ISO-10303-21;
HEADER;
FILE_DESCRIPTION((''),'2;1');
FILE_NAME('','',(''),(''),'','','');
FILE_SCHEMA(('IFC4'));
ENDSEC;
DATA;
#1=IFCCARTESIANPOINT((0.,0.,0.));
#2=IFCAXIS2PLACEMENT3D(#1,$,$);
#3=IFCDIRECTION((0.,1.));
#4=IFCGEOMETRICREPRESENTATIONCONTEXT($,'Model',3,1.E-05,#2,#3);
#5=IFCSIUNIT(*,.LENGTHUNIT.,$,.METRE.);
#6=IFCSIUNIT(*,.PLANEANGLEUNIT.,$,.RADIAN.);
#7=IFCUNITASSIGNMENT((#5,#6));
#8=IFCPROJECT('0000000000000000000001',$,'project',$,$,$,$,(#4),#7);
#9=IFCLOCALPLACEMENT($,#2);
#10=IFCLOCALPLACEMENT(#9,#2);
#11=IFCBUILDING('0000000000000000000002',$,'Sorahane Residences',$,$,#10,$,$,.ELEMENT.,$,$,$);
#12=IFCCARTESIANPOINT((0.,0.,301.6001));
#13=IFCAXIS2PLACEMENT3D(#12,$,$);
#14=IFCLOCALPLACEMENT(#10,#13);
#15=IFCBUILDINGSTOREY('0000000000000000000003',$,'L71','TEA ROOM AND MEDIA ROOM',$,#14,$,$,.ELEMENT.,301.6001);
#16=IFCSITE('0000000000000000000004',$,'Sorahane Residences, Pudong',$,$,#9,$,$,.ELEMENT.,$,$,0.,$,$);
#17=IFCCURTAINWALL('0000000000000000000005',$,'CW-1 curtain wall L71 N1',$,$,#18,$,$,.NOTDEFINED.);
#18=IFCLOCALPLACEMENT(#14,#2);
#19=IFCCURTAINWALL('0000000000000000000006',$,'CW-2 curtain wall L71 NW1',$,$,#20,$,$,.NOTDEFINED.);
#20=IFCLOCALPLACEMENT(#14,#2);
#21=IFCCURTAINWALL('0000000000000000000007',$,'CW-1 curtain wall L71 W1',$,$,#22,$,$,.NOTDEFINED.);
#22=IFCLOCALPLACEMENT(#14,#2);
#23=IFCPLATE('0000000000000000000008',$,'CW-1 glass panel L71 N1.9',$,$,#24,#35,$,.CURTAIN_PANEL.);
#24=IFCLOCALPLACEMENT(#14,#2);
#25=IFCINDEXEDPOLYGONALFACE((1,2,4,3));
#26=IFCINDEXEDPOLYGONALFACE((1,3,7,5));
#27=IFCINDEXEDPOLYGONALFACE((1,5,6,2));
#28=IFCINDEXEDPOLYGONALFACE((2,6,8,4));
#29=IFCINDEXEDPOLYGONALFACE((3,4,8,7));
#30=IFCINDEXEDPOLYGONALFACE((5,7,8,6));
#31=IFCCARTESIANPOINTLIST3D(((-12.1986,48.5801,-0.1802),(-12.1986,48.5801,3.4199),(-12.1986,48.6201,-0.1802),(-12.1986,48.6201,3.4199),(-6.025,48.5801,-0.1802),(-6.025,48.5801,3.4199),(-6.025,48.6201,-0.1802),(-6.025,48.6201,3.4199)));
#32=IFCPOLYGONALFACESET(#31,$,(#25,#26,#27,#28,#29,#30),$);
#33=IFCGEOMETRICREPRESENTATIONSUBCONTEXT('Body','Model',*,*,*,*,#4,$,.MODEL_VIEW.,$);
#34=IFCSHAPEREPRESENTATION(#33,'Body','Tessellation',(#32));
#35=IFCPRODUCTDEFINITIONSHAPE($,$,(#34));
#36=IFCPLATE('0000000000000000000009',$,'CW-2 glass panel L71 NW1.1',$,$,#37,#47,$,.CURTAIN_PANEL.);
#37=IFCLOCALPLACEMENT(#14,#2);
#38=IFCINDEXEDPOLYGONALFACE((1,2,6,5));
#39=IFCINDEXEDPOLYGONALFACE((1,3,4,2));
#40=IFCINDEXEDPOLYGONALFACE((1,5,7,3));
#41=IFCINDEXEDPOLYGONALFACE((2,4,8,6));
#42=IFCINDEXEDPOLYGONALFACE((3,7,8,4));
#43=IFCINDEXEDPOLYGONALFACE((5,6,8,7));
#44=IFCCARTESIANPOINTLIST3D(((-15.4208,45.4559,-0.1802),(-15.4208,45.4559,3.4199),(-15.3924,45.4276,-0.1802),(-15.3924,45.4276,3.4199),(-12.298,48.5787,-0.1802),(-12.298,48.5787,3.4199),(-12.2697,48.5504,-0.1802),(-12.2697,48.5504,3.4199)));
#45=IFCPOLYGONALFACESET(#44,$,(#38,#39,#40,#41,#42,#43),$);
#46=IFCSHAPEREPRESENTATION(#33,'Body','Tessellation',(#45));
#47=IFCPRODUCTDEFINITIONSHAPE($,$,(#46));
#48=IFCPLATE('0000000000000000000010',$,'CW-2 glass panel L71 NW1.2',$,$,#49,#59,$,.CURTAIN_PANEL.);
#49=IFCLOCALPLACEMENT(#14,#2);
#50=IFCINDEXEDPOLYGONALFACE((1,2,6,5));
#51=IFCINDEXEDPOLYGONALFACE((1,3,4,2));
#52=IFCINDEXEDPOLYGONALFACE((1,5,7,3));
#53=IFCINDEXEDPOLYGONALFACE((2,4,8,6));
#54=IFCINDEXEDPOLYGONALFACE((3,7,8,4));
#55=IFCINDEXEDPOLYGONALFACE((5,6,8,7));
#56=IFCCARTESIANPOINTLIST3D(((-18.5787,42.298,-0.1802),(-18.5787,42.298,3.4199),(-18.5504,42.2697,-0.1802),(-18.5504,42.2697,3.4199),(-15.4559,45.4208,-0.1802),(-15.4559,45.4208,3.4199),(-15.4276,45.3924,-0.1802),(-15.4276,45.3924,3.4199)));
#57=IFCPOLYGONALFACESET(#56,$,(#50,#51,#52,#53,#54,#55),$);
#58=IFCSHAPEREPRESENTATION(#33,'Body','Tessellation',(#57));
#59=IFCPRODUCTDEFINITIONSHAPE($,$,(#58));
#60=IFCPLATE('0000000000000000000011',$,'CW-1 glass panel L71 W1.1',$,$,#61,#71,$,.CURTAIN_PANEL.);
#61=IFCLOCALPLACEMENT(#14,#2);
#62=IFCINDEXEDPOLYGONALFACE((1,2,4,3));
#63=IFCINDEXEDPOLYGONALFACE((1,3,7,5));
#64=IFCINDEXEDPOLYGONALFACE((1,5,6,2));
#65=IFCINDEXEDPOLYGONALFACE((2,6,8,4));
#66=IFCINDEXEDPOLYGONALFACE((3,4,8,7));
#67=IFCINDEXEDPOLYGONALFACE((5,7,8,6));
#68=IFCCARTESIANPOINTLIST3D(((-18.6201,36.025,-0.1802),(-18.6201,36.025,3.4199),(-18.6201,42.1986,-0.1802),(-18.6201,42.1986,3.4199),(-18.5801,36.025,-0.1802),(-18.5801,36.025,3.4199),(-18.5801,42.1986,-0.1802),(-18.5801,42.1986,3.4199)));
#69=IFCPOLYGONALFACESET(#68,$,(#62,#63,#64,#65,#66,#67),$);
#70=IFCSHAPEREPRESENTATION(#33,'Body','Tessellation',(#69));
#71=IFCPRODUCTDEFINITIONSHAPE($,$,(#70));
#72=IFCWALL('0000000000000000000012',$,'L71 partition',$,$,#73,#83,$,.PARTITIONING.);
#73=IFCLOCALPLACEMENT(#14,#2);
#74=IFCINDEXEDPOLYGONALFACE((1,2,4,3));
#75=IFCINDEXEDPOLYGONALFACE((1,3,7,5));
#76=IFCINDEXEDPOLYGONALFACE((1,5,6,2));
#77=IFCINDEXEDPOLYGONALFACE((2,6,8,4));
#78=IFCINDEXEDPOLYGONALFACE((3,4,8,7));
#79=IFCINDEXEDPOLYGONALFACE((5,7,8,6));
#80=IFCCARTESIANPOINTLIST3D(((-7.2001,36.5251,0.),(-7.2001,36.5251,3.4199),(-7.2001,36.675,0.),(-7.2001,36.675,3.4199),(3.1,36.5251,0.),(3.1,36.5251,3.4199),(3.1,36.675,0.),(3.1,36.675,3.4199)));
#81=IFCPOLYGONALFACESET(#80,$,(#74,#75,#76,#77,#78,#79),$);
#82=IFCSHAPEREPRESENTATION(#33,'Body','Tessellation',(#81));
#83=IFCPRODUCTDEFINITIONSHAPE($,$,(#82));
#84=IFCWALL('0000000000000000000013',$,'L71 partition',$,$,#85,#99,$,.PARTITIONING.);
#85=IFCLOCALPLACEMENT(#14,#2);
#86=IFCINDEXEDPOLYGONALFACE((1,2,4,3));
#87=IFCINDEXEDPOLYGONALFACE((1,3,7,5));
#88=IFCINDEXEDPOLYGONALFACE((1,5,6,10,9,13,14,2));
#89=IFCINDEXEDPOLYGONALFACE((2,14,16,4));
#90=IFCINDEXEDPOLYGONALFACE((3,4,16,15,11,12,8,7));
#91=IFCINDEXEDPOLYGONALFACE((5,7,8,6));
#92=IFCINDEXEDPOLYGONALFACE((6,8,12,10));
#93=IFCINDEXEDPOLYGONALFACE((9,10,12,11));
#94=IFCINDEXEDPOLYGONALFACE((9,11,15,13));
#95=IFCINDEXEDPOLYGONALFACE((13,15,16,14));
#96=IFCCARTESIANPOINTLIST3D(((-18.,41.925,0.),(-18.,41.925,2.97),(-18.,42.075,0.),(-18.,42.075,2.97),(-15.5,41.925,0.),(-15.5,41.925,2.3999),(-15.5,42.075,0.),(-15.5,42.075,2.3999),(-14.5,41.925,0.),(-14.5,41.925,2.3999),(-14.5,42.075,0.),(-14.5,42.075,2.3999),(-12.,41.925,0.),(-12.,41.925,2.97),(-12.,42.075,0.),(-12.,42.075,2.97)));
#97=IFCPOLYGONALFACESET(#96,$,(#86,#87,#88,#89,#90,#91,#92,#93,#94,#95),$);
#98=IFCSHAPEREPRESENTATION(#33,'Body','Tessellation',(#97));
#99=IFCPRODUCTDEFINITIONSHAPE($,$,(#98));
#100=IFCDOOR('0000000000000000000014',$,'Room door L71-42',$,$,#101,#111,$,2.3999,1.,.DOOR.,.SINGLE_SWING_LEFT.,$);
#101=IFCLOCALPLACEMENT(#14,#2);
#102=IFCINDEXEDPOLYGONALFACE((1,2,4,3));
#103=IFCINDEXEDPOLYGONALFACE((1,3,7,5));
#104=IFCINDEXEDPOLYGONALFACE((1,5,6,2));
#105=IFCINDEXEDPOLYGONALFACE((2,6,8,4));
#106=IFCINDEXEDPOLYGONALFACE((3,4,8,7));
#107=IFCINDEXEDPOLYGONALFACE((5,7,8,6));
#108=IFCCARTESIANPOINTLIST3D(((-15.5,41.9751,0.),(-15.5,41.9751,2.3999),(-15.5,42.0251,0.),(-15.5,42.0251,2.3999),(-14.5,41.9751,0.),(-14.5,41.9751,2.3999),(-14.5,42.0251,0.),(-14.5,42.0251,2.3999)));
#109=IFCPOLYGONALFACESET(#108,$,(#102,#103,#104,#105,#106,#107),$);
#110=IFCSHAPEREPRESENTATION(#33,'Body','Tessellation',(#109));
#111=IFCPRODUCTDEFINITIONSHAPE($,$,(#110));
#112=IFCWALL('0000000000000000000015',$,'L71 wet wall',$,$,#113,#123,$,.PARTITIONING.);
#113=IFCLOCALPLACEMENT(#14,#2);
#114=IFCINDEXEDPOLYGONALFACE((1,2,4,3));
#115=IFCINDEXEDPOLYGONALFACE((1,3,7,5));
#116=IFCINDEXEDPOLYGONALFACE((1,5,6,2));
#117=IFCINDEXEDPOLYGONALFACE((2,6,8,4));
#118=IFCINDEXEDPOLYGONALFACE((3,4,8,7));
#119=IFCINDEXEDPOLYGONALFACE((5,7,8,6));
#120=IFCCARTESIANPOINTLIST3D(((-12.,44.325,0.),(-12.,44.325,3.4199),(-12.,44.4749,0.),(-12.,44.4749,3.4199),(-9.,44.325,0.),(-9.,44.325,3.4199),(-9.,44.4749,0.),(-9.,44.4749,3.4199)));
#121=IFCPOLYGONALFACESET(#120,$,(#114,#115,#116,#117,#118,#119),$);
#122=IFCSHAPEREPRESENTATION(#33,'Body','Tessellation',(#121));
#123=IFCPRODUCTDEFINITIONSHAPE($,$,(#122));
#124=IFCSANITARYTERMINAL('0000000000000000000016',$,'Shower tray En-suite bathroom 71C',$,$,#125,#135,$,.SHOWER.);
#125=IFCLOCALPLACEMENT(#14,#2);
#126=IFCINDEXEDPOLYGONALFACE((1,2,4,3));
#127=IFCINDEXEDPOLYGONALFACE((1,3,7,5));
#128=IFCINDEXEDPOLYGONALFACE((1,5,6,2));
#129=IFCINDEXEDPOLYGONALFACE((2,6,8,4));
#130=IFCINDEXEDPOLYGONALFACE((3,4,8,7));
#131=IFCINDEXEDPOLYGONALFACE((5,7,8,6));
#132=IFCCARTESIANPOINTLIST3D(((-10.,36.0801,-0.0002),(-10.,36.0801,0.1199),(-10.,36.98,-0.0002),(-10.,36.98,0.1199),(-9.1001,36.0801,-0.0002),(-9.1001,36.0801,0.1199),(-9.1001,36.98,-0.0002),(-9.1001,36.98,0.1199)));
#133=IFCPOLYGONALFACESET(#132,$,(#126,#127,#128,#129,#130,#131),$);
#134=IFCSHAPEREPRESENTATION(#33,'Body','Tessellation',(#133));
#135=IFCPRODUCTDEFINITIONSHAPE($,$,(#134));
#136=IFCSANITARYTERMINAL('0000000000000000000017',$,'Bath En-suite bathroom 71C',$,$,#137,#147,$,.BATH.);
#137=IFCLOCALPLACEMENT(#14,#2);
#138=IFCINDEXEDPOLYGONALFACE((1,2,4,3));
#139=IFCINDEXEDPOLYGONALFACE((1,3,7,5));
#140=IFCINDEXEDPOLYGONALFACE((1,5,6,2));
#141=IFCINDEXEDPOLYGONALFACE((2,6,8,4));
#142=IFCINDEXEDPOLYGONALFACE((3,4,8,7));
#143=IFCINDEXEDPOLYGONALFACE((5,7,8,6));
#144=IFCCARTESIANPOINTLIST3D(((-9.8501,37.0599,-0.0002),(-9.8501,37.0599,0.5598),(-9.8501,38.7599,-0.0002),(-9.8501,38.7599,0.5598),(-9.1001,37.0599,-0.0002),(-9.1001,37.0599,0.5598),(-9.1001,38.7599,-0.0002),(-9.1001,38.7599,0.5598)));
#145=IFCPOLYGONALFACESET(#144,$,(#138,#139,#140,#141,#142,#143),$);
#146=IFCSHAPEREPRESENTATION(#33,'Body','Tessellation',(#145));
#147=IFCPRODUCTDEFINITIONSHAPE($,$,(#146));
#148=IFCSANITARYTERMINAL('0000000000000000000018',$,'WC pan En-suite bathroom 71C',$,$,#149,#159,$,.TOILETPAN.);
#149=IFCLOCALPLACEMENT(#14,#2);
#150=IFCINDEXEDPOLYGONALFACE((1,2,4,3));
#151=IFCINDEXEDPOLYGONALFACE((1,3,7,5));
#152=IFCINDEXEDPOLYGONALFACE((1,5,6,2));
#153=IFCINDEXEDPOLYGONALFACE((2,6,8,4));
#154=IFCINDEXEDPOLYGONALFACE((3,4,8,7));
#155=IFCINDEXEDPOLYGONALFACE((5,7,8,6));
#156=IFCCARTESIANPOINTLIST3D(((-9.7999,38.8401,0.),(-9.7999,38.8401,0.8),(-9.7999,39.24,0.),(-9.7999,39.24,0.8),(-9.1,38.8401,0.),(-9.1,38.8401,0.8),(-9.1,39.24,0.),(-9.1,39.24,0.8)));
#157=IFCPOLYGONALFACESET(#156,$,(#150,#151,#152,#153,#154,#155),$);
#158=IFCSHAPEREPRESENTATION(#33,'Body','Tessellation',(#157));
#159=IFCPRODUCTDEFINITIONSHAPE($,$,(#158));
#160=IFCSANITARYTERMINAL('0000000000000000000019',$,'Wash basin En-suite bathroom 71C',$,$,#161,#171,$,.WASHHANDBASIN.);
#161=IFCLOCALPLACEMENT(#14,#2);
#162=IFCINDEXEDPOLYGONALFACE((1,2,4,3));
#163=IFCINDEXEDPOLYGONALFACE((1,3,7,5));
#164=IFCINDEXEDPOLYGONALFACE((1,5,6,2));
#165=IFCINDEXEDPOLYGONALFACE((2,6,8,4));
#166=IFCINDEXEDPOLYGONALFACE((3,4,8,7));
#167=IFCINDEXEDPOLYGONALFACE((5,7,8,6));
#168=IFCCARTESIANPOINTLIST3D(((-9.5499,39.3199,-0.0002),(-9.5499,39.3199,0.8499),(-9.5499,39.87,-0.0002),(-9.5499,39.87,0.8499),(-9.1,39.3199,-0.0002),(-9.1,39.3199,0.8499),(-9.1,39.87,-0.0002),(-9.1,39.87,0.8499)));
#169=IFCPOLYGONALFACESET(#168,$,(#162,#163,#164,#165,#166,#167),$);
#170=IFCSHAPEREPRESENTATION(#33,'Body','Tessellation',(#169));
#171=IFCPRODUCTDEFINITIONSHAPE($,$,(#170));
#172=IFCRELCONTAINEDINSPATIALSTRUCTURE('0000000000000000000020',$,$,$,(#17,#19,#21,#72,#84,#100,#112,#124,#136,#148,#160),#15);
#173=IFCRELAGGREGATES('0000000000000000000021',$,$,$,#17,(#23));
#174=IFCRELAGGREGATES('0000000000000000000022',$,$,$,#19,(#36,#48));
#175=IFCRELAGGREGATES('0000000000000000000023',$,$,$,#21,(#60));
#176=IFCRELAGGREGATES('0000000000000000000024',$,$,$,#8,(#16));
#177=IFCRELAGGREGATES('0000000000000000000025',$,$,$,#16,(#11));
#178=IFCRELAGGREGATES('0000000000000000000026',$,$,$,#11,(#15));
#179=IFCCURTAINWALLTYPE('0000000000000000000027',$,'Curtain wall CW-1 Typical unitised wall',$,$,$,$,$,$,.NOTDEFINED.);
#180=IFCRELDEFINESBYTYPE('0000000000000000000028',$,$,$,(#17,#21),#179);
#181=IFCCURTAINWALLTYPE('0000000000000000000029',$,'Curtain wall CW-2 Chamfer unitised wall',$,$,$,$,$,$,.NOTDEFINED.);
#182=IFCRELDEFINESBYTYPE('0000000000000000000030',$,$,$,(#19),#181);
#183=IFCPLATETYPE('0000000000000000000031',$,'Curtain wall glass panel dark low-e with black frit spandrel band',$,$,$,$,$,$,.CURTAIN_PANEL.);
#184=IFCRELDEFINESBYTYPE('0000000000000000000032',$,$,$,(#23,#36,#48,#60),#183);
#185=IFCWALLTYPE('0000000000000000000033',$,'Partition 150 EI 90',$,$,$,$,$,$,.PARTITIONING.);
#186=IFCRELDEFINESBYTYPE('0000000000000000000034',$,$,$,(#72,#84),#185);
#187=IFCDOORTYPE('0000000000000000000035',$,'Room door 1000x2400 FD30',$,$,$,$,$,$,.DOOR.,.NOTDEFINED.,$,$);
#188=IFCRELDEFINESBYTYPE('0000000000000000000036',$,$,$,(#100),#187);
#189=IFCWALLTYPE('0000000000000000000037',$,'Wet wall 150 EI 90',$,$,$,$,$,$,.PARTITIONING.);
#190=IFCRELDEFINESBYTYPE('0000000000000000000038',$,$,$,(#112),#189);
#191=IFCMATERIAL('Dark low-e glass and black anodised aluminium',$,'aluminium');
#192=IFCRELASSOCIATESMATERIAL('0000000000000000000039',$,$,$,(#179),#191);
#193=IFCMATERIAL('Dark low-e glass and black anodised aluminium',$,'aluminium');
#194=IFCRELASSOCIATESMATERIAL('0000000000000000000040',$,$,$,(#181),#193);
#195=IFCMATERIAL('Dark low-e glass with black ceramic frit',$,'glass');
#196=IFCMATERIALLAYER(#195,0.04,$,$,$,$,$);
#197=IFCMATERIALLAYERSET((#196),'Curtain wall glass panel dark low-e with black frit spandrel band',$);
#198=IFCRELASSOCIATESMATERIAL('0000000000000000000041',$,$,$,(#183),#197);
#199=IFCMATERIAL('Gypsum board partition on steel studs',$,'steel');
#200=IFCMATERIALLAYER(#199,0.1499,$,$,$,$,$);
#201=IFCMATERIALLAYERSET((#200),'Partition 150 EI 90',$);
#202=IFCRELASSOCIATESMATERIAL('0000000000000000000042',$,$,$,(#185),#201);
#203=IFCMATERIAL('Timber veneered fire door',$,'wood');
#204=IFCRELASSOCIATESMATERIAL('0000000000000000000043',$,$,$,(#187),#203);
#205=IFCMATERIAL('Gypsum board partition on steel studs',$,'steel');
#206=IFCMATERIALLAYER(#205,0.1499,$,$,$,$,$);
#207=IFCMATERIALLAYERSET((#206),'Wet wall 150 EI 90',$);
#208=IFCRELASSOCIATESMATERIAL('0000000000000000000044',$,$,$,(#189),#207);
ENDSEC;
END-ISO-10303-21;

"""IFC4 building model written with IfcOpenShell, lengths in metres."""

from ifc_helpers import new_model, si_unit, direction, frame, frame_2d, origin, origin_2d, place, context, subcontext, project, spatial, rectangle, extrude, material, layer, layer_set, type_object, element, fill, aggregate, save


model = new_model("IFC4")

# Units and contexts
model_context = context("Model", 3, precision=1e-05, world=origin(), true_north=direction((0.0, 1.0)))
body_context = subcontext(model_context, "Body", "Model", "MODEL_VIEW")
ifc_project = project(units=[si_unit("LENGTHUNIT", "METRE"), si_unit("PLANEANGLEUNIT", "RADIAN")], contexts=[model_context])

# Site, building, storey
site_placement = place(None, origin())
site = spatial("IfcSite", under=ifc_project, at=site_placement, Name="Sorahane Residences, Pudong", CompositionType="ELEMENT", RefElevation=0.0)
building_placement = place(site_placement, origin())
building = spatial("IfcBuilding", under=site, at=building_placement, Name="Sorahane Residences", CompositionType="ELEMENT")
storey_placement = place(building_placement, frame((0.0, 0.0, 301.6001)))
storey = spatial("IfcBuildingStorey", under=building, at=storey_placement, Name="L71", Description="TEA ROOM AND MEDIA ROOM", CompositionType="ELEMENT", Elevation=301.6001)

# Curtain walls
ifc_material_1 = material(Name="Dark low-e glass and black anodised aluminium", Category="aluminium")
curtain_wall_type_1 = type_object("IfcCurtainWallType", Name="Curtain wall CW-1 Typical unitised wall", PredefinedType="NOTDEFINED", material=ifc_material_1)
curtain_wall_1_placement = place(storey_placement, origin())
curtain_wall_1 = element("IfcCurtainWall", 1, at=curtain_wall_1_placement, inside=storey, type_object=curtain_wall_type_1, Name="CW-1 curtain wall L71 N1", PredefinedType="NOTDEFINED")
ifc_material_2 = material(Name="Dark low-e glass and black anodised aluminium", Category="aluminium")
curtain_wall_type_2 = type_object("IfcCurtainWallType", Name="Curtain wall CW-2 Chamfer unitised wall", PredefinedType="NOTDEFINED", material=ifc_material_2)
curtain_wall_2_placement = place(storey_placement, origin())
curtain_wall_2 = element("IfcCurtainWall", 2, at=curtain_wall_2_placement, inside=storey, type_object=curtain_wall_type_2, Name="CW-2 curtain wall L71 NW1", PredefinedType="NOTDEFINED")

# Curtain wall
curtain_wall_3_placement = place(storey_placement, origin())
curtain_wall_3 = element("IfcCurtainWall", 3, at=curtain_wall_3_placement, inside=storey, type_object=curtain_wall_type_1, Name="CW-1 curtain wall L71 W1", PredefinedType="NOTDEFINED")

# Plates
ifc_material_3 = material(Name="Dark low-e glass with black ceramic frit", Category="glass")
ifc_layer_1 = layer(ifc_material_3, 0.04)
ifc_layer_set_1 = layer_set([ifc_layer_1], Name="Curtain wall glass panel dark low-e with black frit spandrel band")
plate_type = type_object("IfcPlateType", Name="Curtain wall glass panel dark low-e with black frit spandrel band", PredefinedType="CURTAIN_PANEL", material=ifc_layer_set_1)
plate_1_placement = place(storey_placement, frame((-9.1118, 48.6001, -0.1802), z_axis=(0.0, 0.0, 1.0), x_axis=(-1.0, 0.0, 0.0)))
plate_1 = element("IfcPlate", 4, at=plate_1_placement, type_object=plate_type, Name="CW-1 glass panel L71 N1.9", PredefinedType="CURTAIN_PANEL", context=body_context, shape_type="SweptSolid", body=[
    extrude(rectangle(XDim=6.1736, YDim=0.04, at=origin_2d()), origin(), (0.0, 0.0, 1.0), 3.6001),
])
aggregate(curtain_wall_1, [plate_1])
plate_2_placement = place(storey_placement, frame((-13.8452, 47.0032, -0.1802), z_axis=(0.0, 0.0, 1.0), x_axis=(-0.707107, -0.707107, 0.0)))
plate_2 = element("IfcPlate", 5, at=plate_2_placement, type_object=plate_type, Name="CW-2 glass panel L71 NW1.1", PredefinedType="CURTAIN_PANEL", context=body_context, shape_type="SweptSolid", body=[
    extrude(rectangle(XDim=4.4163, YDim=0.04, at=origin_2d()), origin(), (0.0, 0.0, 1.0), 3.6001),
])
plate_3_placement = place(storey_placement, frame((-17.0032, 43.8452, -0.1802), z_axis=(0.0, 0.0, 1.0), x_axis=(-0.707107, -0.707107, 0.0)))
plate_3 = element("IfcPlate", 6, at=plate_3_placement, type_object=plate_type, Name="CW-2 glass panel L71 NW1.2", PredefinedType="CURTAIN_PANEL", context=body_context, shape_type="SweptSolid", body=[
    extrude(rectangle(XDim=4.4163, YDim=0.04, at=origin_2d()), origin(), (0.0, 0.0, 1.0), 3.6001),
])
aggregate(curtain_wall_2, [plate_2, plate_3])
plate_4_placement = place(storey_placement, frame((-18.6001, 39.1118, -0.1802), z_axis=(0.0, 0.0, 1.0), x_axis=(0.0, -1.0, 0.0)))
plate_4 = element("IfcPlate", 7, at=plate_4_placement, type_object=plate_type, Name="CW-1 glass panel L71 W1.1", PredefinedType="CURTAIN_PANEL", context=body_context, shape_type="SweptSolid", body=[
    extrude(rectangle(XDim=6.1736, YDim=0.04, at=origin_2d()), origin(), (0.0, 0.0, 1.0), 3.6001),
])
aggregate(curtain_wall_3, [plate_4])

# Shared definitions
ifc_material_4 = material(Name="Gypsum board partition on steel studs", Category="steel")
ifc_layer_2 = layer(ifc_material_4, 0.1499)
ifc_layer_set_2 = layer_set([ifc_layer_2], Name="Partition 150 EI 90")
wall_type_1 = type_object("IfcWallType", Name="Partition 150 EI 90", PredefinedType="PARTITIONING", material=ifc_layer_set_2)
ifc_material_5 = material(Name="Timber veneered fire door", Category="wood")
door_type = type_object("IfcDoorType", Name="Room door 1000x2400 FD30", OperationType="NOTDEFINED", PredefinedType="DOOR", material=ifc_material_5)

# Wall
wall_1_placement = place(storey_placement, frame((-7.2, 36.6001, 0.0), z_axis=(0.0, 0.0, 1.0), x_axis=(1.0, 0.0, 0.0)))
element("IfcWall", 8, at=wall_1_placement, inside=storey, type_object=wall_type_1, Name="L71 partition", PredefinedType="PARTITIONING", context=body_context, shape_type="SweptSolid", body=[
    extrude(rectangle(XDim=10.3, YDim=0.1499, at=frame_2d((5.1499, 0.0))), origin(), (0.0, 0.0, 1.0), 3.4199),
])

# Wall, opening, door
wall_2_placement = place(storey_placement, frame((-18.0, 42.0, 0.0), z_axis=(0.0, 0.0, 1.0), x_axis=(1.0, 0.0, 0.0)))
wall_2 = element("IfcWall", 9, at=wall_2_placement, inside=storey, type_object=wall_type_1, Name="L71 partition", PredefinedType="PARTITIONING", context=body_context, shape_type="SweptSolid", body=[
    extrude(rectangle(XDim=6.0, YDim=0.1499, at=frame_2d((3.0, 0.0))), origin(), (0.0, 0.0, 1.0), 2.97),
])
opening_1_placement = place(wall_2_placement, frame((2.5, 0.0, 0.0)))
opening_1 = element("IfcOpeningElement", 10, at=opening_1_placement, cuts=wall_2, PredefinedType="OPENING", context=body_context, shape_type="SweptSolid", body=[
    extrude(rectangle(XDim=1.0, YDim=2.3999, at=frame_2d((0.5, 1.2))), frame((0.0, 0.085, 0.0), z_axis=(0.0, -1.0, 0.0), x_axis=(1.0, 0.0, 0.0)), (0.0, 0.0, 1.0), 0.1699),
])
door_1_placement = place(opening_1_placement, frame((1.0, 0.0, 0.0), z_axis=(0.0, 0.0, 1.0), x_axis=(-1.0, 0.0, 0.0)))
door_1 = element("IfcDoor", 11, at=door_1_placement, inside=storey, type_object=door_type, Name="Room door L71-42", OperationType="SINGLE_SWING_LEFT", OverallHeight=2.3999, OverallWidth=1.0, PredefinedType="DOOR", context=body_context, shape_type="SweptSolid", body=[
    extrude(rectangle(XDim=1.0, YDim=2.3999, at=frame_2d((0.5, 1.2))), frame((0.0, 0.0249, 0.0), z_axis=(0.0, -1.0, 0.0), x_axis=(1.0, 0.0, 0.0)), (0.0, 0.0, 1.0), 0.05),
])
fill(opening_1, door_1)

# Wall
ifc_material_6 = material(Name="Gypsum board partition on steel studs", Category="steel")
ifc_layer_3 = layer(ifc_material_6, 0.1499)
ifc_layer_set_3 = layer_set([ifc_layer_3], Name="Wet wall 150 EI 90")
wall_type_2 = type_object("IfcWallType", Name="Wet wall 150 EI 90", PredefinedType="PARTITIONING", material=ifc_layer_set_3)
wall_3_placement = place(storey_placement, frame((-12.0, 44.3999, 0.0), z_axis=(0.0, 0.0, 1.0), x_axis=(1.0, 0.0, 0.0)))
element("IfcWall", 12, at=wall_3_placement, inside=storey, type_object=wall_type_2, Name="L71 wet wall", PredefinedType="PARTITIONING", context=body_context, shape_type="SweptSolid", body=[
    extrude(rectangle(XDim=3.0, YDim=0.1499, at=frame_2d((1.5, 0.0))), origin(), (0.0, 0.0, 1.0), 3.4199),
])

# Sanitary terminals
sanitary_terminal_1_placement = place(storey_placement, frame((-9.55, 36.53, -0.0002), z_axis=(0.0, 0.0, 1.0), x_axis=(0.0, -1.0, 0.0)))
element("IfcSanitaryTerminal", 13, at=sanitary_terminal_1_placement, inside=storey, Name="Shower tray En-suite bathroom 71C", PredefinedType="SHOWER", context=body_context, shape_type="SweptSolid", body=[
    extrude(rectangle(XDim=0.8999, YDim=0.8999, at=origin_2d()), origin(), (0.0, 0.0, 1.0), 0.1201),
])
sanitary_terminal_2_placement = place(storey_placement, frame((-9.4751, 37.9099, -0.0002), z_axis=(0.0, 0.0, 1.0), x_axis=(0.0, -1.0, 0.0)))
element("IfcSanitaryTerminal", 14, at=sanitary_terminal_2_placement, inside=storey, Name="Bath En-suite bathroom 71C", PredefinedType="BATH", context=body_context, shape_type="SweptSolid", body=[
    extrude(rectangle(XDim=1.7, YDim=0.75, at=origin_2d()), origin(), (0.0, 0.0, 1.0), 0.5601),
])
sanitary_terminal_3_placement = place(storey_placement, frame((-9.45, 39.04, 0.0), z_axis=(0.0, 0.0, 1.0), x_axis=(0.0, -1.0, 0.0)))
element("IfcSanitaryTerminal", 15, at=sanitary_terminal_3_placement, inside=storey, Name="WC pan En-suite bathroom 71C", PredefinedType="TOILETPAN", context=body_context, shape_type="SweptSolid", body=[
    extrude(rectangle(XDim=0.3999, YDim=0.7, at=origin_2d()), origin(), (0.0, 0.0, 1.0), 0.8),
])
sanitary_terminal_4_placement = place(storey_placement, frame((-9.325, 39.595, -0.0002), z_axis=(0.0, 0.0, 1.0), x_axis=(0.0, -1.0, 0.0)))
element("IfcSanitaryTerminal", 16, at=sanitary_terminal_4_placement, inside=storey, Name="Wash basin En-suite bathroom 71C", PredefinedType="WASHHANDBASIN", context=body_context, shape_type="SweptSolid", body=[
    extrude(rectangle(XDim=0.55, YDim=0.45, at=origin_2d()), origin(), (0.0, 0.0, 1.0), 0.8501),
])

save(model, "model.ifc")
